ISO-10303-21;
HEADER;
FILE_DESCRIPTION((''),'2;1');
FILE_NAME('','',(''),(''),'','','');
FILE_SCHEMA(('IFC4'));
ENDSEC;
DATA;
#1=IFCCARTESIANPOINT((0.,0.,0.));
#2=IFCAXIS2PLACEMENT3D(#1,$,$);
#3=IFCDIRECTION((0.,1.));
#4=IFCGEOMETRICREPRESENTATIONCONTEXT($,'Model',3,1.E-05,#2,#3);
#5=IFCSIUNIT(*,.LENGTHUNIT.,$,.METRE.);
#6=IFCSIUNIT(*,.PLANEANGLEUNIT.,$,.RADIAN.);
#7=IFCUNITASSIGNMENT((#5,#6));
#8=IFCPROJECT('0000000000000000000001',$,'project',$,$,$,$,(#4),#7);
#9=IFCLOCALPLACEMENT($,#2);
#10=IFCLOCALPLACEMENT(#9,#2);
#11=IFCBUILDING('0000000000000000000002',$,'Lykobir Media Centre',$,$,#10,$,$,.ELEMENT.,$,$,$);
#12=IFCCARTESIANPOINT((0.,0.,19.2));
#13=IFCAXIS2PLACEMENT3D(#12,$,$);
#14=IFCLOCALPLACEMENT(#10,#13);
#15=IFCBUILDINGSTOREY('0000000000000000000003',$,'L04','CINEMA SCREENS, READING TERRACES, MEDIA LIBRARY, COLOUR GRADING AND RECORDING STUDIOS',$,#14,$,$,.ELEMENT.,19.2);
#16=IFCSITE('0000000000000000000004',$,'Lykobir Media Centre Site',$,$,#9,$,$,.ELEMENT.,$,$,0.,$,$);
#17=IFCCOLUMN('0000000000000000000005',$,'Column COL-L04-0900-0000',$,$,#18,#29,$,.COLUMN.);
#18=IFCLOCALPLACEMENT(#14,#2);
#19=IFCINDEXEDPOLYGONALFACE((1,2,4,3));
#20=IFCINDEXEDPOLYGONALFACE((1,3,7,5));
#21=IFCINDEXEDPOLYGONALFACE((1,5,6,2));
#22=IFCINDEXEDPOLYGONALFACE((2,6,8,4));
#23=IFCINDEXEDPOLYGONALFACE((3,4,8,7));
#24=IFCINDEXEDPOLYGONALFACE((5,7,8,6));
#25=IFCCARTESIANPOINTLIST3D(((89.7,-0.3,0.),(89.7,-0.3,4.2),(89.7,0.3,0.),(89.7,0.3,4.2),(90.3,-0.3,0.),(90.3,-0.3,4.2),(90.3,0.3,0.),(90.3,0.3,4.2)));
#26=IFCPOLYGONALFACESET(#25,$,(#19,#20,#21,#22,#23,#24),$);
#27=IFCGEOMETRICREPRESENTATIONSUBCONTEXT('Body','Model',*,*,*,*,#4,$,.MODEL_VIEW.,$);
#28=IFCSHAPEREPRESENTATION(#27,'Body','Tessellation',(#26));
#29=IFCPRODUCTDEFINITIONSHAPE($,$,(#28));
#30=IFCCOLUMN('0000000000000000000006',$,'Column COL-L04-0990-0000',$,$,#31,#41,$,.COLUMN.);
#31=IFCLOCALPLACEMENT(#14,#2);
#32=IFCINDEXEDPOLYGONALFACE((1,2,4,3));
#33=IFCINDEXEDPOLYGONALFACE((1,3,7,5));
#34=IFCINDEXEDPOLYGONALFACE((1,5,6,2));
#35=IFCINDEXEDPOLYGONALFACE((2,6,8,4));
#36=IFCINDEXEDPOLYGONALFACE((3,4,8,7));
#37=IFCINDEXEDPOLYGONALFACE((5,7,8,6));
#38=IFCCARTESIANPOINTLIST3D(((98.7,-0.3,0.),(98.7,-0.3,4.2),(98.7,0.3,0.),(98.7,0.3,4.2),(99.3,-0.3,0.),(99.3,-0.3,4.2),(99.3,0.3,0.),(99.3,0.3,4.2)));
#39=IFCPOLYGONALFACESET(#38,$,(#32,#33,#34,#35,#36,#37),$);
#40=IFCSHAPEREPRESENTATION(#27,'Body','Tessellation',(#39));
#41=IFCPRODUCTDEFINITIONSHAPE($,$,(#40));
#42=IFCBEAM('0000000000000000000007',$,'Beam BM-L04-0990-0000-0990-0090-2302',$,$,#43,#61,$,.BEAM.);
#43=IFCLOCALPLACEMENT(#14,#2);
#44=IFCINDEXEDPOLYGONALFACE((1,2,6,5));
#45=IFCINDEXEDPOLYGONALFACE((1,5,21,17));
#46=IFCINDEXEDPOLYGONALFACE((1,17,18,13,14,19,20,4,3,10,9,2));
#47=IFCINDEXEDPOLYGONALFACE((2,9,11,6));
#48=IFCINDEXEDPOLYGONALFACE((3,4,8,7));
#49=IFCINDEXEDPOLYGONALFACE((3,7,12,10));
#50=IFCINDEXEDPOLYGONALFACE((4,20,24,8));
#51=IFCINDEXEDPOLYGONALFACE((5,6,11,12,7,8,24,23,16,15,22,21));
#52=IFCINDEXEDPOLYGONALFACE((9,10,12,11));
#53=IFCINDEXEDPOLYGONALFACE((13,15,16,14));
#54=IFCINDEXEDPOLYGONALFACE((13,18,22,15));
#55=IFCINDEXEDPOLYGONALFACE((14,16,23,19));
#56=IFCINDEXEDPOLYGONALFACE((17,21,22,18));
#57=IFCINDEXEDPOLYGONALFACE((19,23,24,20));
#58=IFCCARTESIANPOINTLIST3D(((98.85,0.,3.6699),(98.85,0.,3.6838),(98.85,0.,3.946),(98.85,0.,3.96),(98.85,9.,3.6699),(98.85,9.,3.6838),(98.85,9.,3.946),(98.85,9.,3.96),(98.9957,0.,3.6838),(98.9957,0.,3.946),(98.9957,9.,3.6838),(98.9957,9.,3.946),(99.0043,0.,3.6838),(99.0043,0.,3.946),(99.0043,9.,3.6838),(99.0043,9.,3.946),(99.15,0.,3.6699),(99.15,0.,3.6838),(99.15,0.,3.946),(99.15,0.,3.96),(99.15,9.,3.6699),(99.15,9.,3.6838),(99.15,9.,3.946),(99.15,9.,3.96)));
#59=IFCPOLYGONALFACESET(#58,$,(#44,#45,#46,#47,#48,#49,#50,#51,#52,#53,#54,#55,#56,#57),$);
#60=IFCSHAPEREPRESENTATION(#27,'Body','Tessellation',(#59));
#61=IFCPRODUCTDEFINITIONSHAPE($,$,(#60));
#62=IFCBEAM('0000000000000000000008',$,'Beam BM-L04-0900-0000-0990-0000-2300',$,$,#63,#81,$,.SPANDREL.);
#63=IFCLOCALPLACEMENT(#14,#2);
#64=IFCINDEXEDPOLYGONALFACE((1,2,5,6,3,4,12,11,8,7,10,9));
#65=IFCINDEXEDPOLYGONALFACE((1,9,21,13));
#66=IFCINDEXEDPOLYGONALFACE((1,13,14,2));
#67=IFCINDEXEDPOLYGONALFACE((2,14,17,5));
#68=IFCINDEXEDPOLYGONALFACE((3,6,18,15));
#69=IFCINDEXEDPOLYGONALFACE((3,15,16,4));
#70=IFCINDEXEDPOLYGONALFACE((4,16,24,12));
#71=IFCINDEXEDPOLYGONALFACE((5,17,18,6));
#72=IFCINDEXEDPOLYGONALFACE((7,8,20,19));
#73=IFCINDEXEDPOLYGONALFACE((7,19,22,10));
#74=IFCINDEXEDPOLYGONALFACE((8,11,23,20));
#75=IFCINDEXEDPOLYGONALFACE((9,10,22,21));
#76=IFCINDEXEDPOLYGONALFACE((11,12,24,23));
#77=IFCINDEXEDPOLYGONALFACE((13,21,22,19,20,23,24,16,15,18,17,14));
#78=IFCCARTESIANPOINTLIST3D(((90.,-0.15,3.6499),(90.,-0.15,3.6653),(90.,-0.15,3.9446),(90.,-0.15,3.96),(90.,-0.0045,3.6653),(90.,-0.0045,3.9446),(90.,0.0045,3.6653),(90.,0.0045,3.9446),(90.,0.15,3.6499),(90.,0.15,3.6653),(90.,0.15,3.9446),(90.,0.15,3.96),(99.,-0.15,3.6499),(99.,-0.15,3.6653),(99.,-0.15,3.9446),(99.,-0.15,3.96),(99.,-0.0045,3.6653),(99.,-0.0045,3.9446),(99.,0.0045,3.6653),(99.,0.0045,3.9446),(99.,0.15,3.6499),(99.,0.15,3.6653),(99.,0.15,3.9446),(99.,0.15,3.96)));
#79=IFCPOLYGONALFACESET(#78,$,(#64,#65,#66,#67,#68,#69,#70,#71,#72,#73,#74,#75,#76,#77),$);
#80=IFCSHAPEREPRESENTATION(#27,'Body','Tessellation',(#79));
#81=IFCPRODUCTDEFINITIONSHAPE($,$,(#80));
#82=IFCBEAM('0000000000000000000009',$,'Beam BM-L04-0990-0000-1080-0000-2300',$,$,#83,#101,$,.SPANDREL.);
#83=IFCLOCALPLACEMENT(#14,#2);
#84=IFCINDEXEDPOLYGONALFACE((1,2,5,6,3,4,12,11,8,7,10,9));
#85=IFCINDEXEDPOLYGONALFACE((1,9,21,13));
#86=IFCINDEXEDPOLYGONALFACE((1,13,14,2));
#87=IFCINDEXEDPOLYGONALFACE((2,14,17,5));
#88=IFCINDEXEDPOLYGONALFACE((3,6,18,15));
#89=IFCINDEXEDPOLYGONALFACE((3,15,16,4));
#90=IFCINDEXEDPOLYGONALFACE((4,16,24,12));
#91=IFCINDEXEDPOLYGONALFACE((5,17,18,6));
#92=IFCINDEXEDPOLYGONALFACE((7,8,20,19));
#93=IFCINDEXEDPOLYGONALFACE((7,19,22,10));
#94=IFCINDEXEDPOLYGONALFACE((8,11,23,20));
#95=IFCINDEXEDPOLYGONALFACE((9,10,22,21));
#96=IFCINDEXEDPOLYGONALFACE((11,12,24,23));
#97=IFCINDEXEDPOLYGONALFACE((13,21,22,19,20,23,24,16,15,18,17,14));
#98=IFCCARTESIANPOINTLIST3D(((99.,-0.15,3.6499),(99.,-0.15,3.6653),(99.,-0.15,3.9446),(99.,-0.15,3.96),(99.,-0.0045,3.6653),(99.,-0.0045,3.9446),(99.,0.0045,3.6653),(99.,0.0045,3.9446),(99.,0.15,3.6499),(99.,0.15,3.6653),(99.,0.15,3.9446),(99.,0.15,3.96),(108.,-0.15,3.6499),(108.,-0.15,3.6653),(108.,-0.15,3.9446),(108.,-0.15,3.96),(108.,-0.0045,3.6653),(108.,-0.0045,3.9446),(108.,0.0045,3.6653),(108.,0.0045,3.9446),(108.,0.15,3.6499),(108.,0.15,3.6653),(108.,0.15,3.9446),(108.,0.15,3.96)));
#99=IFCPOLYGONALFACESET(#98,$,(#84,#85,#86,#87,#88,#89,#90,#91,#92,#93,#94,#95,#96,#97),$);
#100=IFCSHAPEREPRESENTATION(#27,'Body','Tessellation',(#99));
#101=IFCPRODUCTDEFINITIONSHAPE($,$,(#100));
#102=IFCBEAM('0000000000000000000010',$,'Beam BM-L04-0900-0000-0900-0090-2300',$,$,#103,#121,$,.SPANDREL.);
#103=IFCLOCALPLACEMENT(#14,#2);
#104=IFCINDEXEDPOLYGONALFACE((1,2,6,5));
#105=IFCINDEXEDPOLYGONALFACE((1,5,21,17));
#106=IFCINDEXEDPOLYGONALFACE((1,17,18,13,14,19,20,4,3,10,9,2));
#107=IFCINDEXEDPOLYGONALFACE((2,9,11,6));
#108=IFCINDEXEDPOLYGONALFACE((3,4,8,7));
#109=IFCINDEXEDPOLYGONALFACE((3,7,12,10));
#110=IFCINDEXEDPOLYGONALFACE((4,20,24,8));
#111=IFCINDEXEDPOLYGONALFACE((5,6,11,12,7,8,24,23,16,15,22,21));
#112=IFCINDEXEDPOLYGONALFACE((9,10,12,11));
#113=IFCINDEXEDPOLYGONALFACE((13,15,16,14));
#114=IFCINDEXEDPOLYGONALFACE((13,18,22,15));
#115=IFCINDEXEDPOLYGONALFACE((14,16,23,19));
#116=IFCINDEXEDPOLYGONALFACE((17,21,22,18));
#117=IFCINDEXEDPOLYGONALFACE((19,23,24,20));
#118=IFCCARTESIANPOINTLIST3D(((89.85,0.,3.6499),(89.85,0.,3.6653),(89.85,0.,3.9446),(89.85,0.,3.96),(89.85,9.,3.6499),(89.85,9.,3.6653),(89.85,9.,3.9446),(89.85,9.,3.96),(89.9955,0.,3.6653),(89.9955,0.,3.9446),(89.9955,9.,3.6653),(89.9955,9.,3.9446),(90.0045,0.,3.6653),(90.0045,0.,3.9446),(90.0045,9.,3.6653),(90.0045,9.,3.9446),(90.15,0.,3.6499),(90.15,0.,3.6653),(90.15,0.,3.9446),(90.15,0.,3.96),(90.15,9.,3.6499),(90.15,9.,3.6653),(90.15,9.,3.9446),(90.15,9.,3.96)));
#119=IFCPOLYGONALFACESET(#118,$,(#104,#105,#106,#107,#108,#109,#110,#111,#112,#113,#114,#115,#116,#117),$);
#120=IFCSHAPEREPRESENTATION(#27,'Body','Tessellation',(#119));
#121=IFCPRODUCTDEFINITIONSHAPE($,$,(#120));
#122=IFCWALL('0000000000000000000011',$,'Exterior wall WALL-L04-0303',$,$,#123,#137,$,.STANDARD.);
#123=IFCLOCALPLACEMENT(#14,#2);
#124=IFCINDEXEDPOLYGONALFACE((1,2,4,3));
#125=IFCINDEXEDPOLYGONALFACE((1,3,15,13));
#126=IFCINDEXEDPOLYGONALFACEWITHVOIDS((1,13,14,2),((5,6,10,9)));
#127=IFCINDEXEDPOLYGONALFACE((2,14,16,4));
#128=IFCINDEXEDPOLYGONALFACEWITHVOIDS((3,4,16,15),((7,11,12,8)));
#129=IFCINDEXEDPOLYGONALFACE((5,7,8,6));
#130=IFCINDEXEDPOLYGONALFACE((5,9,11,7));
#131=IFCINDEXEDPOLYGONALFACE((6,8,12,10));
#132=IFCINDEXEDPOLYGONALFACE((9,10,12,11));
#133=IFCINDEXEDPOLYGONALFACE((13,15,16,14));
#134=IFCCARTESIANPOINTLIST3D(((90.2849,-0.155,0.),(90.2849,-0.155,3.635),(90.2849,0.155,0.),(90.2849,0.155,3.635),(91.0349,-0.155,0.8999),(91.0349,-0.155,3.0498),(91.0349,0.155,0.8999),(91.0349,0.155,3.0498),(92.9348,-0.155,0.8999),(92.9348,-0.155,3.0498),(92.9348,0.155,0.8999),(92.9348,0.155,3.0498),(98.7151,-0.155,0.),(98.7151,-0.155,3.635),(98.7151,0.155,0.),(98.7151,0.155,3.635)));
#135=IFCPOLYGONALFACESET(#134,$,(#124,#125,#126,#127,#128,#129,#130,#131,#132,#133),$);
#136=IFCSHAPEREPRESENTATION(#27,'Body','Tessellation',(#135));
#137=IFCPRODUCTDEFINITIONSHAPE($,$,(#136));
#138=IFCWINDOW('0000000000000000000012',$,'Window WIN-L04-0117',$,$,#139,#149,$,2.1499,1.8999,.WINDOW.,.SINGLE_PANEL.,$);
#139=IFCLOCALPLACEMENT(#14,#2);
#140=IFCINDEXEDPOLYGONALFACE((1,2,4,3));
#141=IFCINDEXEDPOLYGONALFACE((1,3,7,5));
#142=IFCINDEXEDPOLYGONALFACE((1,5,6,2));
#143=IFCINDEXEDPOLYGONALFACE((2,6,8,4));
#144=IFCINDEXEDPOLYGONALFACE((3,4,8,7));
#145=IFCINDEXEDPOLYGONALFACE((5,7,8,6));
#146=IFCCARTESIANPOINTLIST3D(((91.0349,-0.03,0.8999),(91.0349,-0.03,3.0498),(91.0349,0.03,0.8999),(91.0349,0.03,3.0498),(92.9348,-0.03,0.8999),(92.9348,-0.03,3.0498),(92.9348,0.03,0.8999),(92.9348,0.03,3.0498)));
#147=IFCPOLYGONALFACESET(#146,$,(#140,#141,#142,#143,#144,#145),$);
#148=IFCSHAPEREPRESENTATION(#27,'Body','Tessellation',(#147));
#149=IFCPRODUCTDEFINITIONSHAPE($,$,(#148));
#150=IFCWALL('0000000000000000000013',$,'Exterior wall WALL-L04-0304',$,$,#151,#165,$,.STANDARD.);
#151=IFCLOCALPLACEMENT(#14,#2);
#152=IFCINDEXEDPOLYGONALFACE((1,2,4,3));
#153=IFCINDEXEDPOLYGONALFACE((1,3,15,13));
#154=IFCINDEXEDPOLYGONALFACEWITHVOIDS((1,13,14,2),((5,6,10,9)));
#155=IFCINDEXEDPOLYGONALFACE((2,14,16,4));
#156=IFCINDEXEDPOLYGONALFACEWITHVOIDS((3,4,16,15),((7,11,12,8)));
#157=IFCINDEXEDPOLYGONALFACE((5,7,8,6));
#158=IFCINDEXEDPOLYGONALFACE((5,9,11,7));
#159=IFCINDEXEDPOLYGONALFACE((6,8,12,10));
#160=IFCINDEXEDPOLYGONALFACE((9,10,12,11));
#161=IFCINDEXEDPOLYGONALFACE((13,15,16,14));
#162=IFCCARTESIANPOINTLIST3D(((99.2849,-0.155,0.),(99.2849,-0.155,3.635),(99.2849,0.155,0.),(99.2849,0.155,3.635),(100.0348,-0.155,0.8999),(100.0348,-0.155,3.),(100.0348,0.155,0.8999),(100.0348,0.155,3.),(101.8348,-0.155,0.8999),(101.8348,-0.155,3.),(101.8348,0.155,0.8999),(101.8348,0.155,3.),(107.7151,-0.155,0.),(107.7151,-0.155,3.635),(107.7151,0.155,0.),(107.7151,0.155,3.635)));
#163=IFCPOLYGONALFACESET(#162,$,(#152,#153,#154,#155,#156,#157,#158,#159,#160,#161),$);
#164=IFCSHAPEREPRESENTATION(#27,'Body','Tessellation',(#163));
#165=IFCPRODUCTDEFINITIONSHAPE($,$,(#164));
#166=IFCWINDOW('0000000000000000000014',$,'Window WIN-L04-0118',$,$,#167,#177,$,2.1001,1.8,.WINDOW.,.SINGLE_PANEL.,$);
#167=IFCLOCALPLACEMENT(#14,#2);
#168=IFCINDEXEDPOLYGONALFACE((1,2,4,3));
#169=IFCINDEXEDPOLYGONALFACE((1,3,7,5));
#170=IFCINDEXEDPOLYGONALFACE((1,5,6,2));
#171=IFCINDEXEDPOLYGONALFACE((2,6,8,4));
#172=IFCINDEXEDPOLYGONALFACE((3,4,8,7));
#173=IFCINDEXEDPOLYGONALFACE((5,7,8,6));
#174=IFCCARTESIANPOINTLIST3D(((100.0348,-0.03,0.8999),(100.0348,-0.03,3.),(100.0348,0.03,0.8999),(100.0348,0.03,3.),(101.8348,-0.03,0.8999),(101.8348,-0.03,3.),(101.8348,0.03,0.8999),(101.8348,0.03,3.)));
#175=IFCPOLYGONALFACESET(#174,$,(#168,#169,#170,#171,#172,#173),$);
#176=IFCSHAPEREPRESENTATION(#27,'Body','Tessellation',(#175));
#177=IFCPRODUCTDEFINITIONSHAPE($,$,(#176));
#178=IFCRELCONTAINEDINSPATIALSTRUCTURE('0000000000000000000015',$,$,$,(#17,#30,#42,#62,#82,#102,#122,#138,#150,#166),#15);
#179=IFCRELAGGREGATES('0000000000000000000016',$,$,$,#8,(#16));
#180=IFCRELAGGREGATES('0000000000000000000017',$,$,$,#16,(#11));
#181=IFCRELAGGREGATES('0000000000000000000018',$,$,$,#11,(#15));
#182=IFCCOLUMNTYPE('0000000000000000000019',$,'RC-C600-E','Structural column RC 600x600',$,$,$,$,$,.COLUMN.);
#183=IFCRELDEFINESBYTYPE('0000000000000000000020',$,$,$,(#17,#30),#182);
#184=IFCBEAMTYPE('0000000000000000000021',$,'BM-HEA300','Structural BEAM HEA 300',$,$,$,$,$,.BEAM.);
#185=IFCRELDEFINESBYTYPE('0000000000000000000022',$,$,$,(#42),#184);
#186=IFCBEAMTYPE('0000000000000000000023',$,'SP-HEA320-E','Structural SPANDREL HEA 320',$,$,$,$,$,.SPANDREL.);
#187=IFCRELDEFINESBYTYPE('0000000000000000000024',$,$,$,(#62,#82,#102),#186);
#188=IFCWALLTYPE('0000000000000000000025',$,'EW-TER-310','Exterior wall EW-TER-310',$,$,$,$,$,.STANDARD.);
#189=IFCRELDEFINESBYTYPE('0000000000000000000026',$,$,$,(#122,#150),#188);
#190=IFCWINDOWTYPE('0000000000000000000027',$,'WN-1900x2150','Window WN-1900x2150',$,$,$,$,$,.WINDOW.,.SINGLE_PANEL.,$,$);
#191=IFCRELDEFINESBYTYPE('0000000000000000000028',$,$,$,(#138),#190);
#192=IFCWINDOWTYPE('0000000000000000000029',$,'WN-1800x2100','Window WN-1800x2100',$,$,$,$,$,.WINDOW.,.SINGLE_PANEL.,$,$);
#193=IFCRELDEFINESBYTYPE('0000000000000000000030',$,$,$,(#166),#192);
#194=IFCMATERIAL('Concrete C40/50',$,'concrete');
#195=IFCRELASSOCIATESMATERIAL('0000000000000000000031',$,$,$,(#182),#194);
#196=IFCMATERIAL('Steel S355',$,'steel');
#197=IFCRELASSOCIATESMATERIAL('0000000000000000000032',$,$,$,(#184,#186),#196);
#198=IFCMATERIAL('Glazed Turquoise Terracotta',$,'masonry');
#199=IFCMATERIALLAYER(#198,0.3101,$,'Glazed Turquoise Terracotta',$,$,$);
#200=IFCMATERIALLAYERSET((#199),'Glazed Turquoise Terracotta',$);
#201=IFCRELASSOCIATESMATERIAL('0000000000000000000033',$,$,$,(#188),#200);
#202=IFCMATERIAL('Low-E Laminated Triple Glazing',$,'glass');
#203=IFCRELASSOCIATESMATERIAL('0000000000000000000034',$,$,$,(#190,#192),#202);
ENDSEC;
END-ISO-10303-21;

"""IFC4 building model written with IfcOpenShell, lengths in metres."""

from ifc_helpers import new_model, si_unit, direction, frame, frame_2d, origin, origin_2d, place, context, subcontext, project, spatial, rectangle, i_section, extrude, material, layer, layer_set, material_profile, profile_set, type_object, element, fill, save


model = new_model("IFC4")

# Units and contexts
model_context = context("Model", 3, precision=1e-05, world=origin(), true_north=direction((0.0, 1.0)))
body_context = subcontext(model_context, "Body", "Model", "MODEL_VIEW")
ifc_project = project(units=[si_unit("LENGTHUNIT", "METRE"), si_unit("PLANEANGLEUNIT", "RADIAN")], contexts=[model_context])

# Site, building, storey
site_placement = place(None, origin())
site = spatial("IfcSite", under=ifc_project, at=site_placement, Name="Lykobir Media Centre Site", CompositionType="ELEMENT", RefElevation=0.0)
building_placement = place(site_placement, origin())
building = spatial("IfcBuilding", under=site, at=building_placement, Name="Lykobir Media Centre", CompositionType="ELEMENT")
storey_placement = place(building_placement, frame((0.0, 0.0, 19.2)))
storey = spatial("IfcBuildingStorey", under=building, at=storey_placement, Name="L04", Description="CINEMA SCREENS, READING TERRACES, MEDIA LIBRARY, COLOUR GRADING AND RECORDING STUDIOS", CompositionType="ELEMENT", Elevation=19.2)

# Columns
ifc_material_1 = material(Name="Concrete C40/50", Category="concrete")
ifc_material_profile_1 = material_profile(ifc_material_1, rectangle(XDim=0.6001, YDim=0.6001, at=origin_2d()), Name="RC 600x600")
ifc_profile_set_1 = profile_set([ifc_material_profile_1], Name="Concrete C40/50")
column_type = type_object("IfcColumnType", Name="RC-C600-E", Description="Structural column RC 600x600", PredefinedType="COLUMN", material=ifc_profile_set_1)
for number, where, z_axis, x_axis, name in (
    (1, (90.0, 0.0, 0.0), (0.0, 0.0, 1.0), (1.0, 0.0, 0.0), "Column COL-L04-0900-0000"),
    (2, (99.0, 0.0, 0.0), (0.0, 0.0, 1.0), (1.0, 0.0, 0.0), "Column COL-L04-0990-0000"),
):
    element("IfcColumn", number, at=place(storey_placement, frame(where, z_axis=z_axis, x_axis=x_axis)), inside=storey, type_object=column_type, Name=name, PredefinedType="COLUMN", context=body_context, shape_type="SweptSolid", body=[
        extrude(rectangle(XDim=0.6001, YDim=0.6001, at=origin_2d()), origin(), (0.0, 0.0, 1.0), 4.2),
    ])

# Beams
ifc_material_2 = material(Name="Steel S355", Category="steel")
ifc_material_profile_2 = material_profile(ifc_material_2, i_section(OverallWidth=0.3, OverallDepth=0.29, WebThickness=0.0085, FlangeThickness=0.0139, at=origin_2d()), Name="HEA 300")
ifc_profile_set_2 = profile_set([ifc_material_profile_2], Name="Steel S355")
beam_type_1 = type_object("IfcBeamType", Name="BM-HEA300", Description="Structural BEAM HEA 300", PredefinedType="BEAM", material=ifc_profile_set_2)
beam_placement = place(storey_placement, frame((99.0, 0.0, 3.8149), z_axis=(0.0, 1.0, 0.0), x_axis=(-1.0, 0.0, 0.0)))
element("IfcBeam", 3, at=beam_placement, inside=storey, type_object=beam_type_1, Name="Beam BM-L04-0990-0000-0990-0090-2302", PredefinedType="BEAM", context=body_context, shape_type="SweptSolid", body=[
    extrude(i_section(OverallWidth=0.3, OverallDepth=0.29, WebThickness=0.0085, FlangeThickness=0.0139, at=origin_2d()), origin(), (0.0, 0.0, 1.0), 9.0),
])
ifc_material_profile_3 = material_profile(ifc_material_2, i_section(OverallWidth=0.3, OverallDepth=0.3101, WebThickness=0.009, FlangeThickness=0.0154, at=origin_2d()), Name="HEA 320")
ifc_profile_set_3 = profile_set([ifc_material_profile_3], Name="Steel S355")
beam_type_2 = type_object("IfcBeamType", Name="SP-HEA320-E", Description="Structural SPANDREL HEA 320", PredefinedType="SPANDREL", material=ifc_profile_set_3)
for number, where, z_axis, x_axis, name in (
    (4, (90.0, 0.0, 3.8049), (1.0, 0.0, 0.0), (0.0, 1.0, 0.0), "Beam BM-L04-0900-0000-0990-0000-2300"),
    (5, (99.0, 0.0, 3.8049), (1.0, 0.0, 0.0), (0.0, 1.0, 0.0), "Beam BM-L04-0990-0000-1080-0000-2300"),
    (6, (90.0, 0.0, 3.8049), (0.0, 1.0, 0.0), (-1.0, 0.0, 0.0), "Beam BM-L04-0900-0000-0900-0090-2300"),
):
    element("IfcBeam", number, at=place(storey_placement, frame(where, z_axis=z_axis, x_axis=x_axis)), inside=storey, type_object=beam_type_2, Name=name, PredefinedType="SPANDREL", context=body_context, shape_type="SweptSolid", body=[
        extrude(i_section(OverallWidth=0.3, OverallDepth=0.3101, WebThickness=0.009, FlangeThickness=0.0154, at=origin_2d()), origin(), (0.0, 0.0, 1.0), 9.0),
    ])

# Walls, openings, windows
ifc_material_3 = material(Name="Glazed Turquoise Terracotta", Category="masonry")
ifc_layer_1 = layer(ifc_material_3, 0.3101, Name="Glazed Turquoise Terracotta")
ifc_layer_set_1 = layer_set([ifc_layer_1], Name="Glazed Turquoise Terracotta")
wall_type = type_object("IfcWallType", Name="EW-TER-310", Description="Exterior wall EW-TER-310", PredefinedType="STANDARD", material=ifc_layer_set_1)
wall_1_placement = place(storey_placement, frame((90.2849, 0.0, 0.0), z_axis=(0.0, 0.0, 1.0), x_axis=(1.0, 0.0, 0.0)))
wall_1 = element("IfcWall", 7, at=wall_1_placement, inside=storey, type_object=wall_type, Name="Exterior wall WALL-L04-0303", PredefinedType="STANDARD", context=body_context, shape_type="SweptSolid", body=[
    extrude(rectangle(XDim=8.4302, YDim=0.3101, at=frame_2d((4.2151, 0.0))), origin(), (0.0, 0.0, 1.0), 3.635),
])
opening_1_placement = place(wall_1_placement, frame((0.75, 0.0, 0.8999)))
opening_1 = element("IfcOpeningElement", 8, at=opening_1_placement, cuts=wall_1, PredefinedType="OPENING", context=body_context, shape_type="SweptSolid", body=[
    extrude(rectangle(XDim=1.8999, YDim=2.1499, at=frame_2d((0.95, 1.075))), frame((0.0, 0.165, 0.0), z_axis=(0.0, -1.0, 0.0), x_axis=(1.0, 0.0, 0.0)), (0.0, 0.0, 1.0), 0.3301),
])
ifc_material_4 = material(Name="Low-E Laminated Triple Glazing", Category="glass")
window_type_1 = type_object("IfcWindowType", Name="WN-1900x2150", Description="Window WN-1900x2150", PartitioningType="SINGLE_PANEL", PredefinedType="WINDOW", material=ifc_material_4)
window_1_placement = place(opening_1_placement, origin())
window_1 = element("IfcWindow", 9, at=window_1_placement, inside=storey, type_object=window_type_1, Name="Window WIN-L04-0117", OverallHeight=2.1499, OverallWidth=1.8999, PartitioningType="SINGLE_PANEL", PredefinedType="WINDOW", context=body_context, shape_type="SweptSolid", body=[
    extrude(rectangle(XDim=1.8999, YDim=2.1499, at=frame_2d((0.95, 1.075))), frame((0.0, 0.03, 0.0), z_axis=(0.0, -1.0, 0.0), x_axis=(1.0, 0.0, 0.0)), (0.0, 0.0, 1.0), 0.0601),
])
fill(opening_1, window_1)
wall_2_placement = place(storey_placement, frame((99.2849, 0.0, 0.0), z_axis=(0.0, 0.0, 1.0), x_axis=(1.0, 0.0, 0.0)))
wall_2 = element("IfcWall", 10, at=wall_2_placement, inside=storey, type_object=wall_type, Name="Exterior wall WALL-L04-0304", PredefinedType="STANDARD", context=body_context, shape_type="SweptSolid", body=[
    extrude(rectangle(XDim=8.4302, YDim=0.3101, at=frame_2d((4.2151, 0.0))), origin(), (0.0, 0.0, 1.0), 3.635),
])
opening_2_placement = place(wall_2_placement, frame((0.75, 0.0, 0.8999)))
opening_2 = element("IfcOpeningElement", 11, at=opening_2_placement, cuts=wall_2, PredefinedType="OPENING", context=body_context, shape_type="SweptSolid", body=[
    extrude(rectangle(XDim=1.8, YDim=2.1001, at=frame_2d((0.8999, 1.05))), frame((0.0, 0.165, 0.0), z_axis=(0.0, -1.0, 0.0), x_axis=(1.0, 0.0, 0.0)), (0.0, 0.0, 1.0), 0.3301),
])
window_type_2 = type_object("IfcWindowType", Name="WN-1800x2100", Description="Window WN-1800x2100", PartitioningType="SINGLE_PANEL", PredefinedType="WINDOW", material=ifc_material_4)
window_2_placement = place(opening_2_placement, origin())
window_2 = element("IfcWindow", 12, at=window_2_placement, inside=storey, type_object=window_type_2, Name="Window WIN-L04-0118", OverallHeight=2.1001, OverallWidth=1.8, PartitioningType="SINGLE_PANEL", PredefinedType="WINDOW", context=body_context, shape_type="SweptSolid", body=[
    extrude(rectangle(XDim=1.8, YDim=2.1001, at=frame_2d((0.8999, 1.05))), frame((0.0, 0.03, 0.0), z_axis=(0.0, -1.0, 0.0), x_axis=(1.0, 0.0, 0.0)), (0.0, 0.0, 1.0), 0.0601),
])
fill(opening_2, window_2)

save(model, "model.ifc")
